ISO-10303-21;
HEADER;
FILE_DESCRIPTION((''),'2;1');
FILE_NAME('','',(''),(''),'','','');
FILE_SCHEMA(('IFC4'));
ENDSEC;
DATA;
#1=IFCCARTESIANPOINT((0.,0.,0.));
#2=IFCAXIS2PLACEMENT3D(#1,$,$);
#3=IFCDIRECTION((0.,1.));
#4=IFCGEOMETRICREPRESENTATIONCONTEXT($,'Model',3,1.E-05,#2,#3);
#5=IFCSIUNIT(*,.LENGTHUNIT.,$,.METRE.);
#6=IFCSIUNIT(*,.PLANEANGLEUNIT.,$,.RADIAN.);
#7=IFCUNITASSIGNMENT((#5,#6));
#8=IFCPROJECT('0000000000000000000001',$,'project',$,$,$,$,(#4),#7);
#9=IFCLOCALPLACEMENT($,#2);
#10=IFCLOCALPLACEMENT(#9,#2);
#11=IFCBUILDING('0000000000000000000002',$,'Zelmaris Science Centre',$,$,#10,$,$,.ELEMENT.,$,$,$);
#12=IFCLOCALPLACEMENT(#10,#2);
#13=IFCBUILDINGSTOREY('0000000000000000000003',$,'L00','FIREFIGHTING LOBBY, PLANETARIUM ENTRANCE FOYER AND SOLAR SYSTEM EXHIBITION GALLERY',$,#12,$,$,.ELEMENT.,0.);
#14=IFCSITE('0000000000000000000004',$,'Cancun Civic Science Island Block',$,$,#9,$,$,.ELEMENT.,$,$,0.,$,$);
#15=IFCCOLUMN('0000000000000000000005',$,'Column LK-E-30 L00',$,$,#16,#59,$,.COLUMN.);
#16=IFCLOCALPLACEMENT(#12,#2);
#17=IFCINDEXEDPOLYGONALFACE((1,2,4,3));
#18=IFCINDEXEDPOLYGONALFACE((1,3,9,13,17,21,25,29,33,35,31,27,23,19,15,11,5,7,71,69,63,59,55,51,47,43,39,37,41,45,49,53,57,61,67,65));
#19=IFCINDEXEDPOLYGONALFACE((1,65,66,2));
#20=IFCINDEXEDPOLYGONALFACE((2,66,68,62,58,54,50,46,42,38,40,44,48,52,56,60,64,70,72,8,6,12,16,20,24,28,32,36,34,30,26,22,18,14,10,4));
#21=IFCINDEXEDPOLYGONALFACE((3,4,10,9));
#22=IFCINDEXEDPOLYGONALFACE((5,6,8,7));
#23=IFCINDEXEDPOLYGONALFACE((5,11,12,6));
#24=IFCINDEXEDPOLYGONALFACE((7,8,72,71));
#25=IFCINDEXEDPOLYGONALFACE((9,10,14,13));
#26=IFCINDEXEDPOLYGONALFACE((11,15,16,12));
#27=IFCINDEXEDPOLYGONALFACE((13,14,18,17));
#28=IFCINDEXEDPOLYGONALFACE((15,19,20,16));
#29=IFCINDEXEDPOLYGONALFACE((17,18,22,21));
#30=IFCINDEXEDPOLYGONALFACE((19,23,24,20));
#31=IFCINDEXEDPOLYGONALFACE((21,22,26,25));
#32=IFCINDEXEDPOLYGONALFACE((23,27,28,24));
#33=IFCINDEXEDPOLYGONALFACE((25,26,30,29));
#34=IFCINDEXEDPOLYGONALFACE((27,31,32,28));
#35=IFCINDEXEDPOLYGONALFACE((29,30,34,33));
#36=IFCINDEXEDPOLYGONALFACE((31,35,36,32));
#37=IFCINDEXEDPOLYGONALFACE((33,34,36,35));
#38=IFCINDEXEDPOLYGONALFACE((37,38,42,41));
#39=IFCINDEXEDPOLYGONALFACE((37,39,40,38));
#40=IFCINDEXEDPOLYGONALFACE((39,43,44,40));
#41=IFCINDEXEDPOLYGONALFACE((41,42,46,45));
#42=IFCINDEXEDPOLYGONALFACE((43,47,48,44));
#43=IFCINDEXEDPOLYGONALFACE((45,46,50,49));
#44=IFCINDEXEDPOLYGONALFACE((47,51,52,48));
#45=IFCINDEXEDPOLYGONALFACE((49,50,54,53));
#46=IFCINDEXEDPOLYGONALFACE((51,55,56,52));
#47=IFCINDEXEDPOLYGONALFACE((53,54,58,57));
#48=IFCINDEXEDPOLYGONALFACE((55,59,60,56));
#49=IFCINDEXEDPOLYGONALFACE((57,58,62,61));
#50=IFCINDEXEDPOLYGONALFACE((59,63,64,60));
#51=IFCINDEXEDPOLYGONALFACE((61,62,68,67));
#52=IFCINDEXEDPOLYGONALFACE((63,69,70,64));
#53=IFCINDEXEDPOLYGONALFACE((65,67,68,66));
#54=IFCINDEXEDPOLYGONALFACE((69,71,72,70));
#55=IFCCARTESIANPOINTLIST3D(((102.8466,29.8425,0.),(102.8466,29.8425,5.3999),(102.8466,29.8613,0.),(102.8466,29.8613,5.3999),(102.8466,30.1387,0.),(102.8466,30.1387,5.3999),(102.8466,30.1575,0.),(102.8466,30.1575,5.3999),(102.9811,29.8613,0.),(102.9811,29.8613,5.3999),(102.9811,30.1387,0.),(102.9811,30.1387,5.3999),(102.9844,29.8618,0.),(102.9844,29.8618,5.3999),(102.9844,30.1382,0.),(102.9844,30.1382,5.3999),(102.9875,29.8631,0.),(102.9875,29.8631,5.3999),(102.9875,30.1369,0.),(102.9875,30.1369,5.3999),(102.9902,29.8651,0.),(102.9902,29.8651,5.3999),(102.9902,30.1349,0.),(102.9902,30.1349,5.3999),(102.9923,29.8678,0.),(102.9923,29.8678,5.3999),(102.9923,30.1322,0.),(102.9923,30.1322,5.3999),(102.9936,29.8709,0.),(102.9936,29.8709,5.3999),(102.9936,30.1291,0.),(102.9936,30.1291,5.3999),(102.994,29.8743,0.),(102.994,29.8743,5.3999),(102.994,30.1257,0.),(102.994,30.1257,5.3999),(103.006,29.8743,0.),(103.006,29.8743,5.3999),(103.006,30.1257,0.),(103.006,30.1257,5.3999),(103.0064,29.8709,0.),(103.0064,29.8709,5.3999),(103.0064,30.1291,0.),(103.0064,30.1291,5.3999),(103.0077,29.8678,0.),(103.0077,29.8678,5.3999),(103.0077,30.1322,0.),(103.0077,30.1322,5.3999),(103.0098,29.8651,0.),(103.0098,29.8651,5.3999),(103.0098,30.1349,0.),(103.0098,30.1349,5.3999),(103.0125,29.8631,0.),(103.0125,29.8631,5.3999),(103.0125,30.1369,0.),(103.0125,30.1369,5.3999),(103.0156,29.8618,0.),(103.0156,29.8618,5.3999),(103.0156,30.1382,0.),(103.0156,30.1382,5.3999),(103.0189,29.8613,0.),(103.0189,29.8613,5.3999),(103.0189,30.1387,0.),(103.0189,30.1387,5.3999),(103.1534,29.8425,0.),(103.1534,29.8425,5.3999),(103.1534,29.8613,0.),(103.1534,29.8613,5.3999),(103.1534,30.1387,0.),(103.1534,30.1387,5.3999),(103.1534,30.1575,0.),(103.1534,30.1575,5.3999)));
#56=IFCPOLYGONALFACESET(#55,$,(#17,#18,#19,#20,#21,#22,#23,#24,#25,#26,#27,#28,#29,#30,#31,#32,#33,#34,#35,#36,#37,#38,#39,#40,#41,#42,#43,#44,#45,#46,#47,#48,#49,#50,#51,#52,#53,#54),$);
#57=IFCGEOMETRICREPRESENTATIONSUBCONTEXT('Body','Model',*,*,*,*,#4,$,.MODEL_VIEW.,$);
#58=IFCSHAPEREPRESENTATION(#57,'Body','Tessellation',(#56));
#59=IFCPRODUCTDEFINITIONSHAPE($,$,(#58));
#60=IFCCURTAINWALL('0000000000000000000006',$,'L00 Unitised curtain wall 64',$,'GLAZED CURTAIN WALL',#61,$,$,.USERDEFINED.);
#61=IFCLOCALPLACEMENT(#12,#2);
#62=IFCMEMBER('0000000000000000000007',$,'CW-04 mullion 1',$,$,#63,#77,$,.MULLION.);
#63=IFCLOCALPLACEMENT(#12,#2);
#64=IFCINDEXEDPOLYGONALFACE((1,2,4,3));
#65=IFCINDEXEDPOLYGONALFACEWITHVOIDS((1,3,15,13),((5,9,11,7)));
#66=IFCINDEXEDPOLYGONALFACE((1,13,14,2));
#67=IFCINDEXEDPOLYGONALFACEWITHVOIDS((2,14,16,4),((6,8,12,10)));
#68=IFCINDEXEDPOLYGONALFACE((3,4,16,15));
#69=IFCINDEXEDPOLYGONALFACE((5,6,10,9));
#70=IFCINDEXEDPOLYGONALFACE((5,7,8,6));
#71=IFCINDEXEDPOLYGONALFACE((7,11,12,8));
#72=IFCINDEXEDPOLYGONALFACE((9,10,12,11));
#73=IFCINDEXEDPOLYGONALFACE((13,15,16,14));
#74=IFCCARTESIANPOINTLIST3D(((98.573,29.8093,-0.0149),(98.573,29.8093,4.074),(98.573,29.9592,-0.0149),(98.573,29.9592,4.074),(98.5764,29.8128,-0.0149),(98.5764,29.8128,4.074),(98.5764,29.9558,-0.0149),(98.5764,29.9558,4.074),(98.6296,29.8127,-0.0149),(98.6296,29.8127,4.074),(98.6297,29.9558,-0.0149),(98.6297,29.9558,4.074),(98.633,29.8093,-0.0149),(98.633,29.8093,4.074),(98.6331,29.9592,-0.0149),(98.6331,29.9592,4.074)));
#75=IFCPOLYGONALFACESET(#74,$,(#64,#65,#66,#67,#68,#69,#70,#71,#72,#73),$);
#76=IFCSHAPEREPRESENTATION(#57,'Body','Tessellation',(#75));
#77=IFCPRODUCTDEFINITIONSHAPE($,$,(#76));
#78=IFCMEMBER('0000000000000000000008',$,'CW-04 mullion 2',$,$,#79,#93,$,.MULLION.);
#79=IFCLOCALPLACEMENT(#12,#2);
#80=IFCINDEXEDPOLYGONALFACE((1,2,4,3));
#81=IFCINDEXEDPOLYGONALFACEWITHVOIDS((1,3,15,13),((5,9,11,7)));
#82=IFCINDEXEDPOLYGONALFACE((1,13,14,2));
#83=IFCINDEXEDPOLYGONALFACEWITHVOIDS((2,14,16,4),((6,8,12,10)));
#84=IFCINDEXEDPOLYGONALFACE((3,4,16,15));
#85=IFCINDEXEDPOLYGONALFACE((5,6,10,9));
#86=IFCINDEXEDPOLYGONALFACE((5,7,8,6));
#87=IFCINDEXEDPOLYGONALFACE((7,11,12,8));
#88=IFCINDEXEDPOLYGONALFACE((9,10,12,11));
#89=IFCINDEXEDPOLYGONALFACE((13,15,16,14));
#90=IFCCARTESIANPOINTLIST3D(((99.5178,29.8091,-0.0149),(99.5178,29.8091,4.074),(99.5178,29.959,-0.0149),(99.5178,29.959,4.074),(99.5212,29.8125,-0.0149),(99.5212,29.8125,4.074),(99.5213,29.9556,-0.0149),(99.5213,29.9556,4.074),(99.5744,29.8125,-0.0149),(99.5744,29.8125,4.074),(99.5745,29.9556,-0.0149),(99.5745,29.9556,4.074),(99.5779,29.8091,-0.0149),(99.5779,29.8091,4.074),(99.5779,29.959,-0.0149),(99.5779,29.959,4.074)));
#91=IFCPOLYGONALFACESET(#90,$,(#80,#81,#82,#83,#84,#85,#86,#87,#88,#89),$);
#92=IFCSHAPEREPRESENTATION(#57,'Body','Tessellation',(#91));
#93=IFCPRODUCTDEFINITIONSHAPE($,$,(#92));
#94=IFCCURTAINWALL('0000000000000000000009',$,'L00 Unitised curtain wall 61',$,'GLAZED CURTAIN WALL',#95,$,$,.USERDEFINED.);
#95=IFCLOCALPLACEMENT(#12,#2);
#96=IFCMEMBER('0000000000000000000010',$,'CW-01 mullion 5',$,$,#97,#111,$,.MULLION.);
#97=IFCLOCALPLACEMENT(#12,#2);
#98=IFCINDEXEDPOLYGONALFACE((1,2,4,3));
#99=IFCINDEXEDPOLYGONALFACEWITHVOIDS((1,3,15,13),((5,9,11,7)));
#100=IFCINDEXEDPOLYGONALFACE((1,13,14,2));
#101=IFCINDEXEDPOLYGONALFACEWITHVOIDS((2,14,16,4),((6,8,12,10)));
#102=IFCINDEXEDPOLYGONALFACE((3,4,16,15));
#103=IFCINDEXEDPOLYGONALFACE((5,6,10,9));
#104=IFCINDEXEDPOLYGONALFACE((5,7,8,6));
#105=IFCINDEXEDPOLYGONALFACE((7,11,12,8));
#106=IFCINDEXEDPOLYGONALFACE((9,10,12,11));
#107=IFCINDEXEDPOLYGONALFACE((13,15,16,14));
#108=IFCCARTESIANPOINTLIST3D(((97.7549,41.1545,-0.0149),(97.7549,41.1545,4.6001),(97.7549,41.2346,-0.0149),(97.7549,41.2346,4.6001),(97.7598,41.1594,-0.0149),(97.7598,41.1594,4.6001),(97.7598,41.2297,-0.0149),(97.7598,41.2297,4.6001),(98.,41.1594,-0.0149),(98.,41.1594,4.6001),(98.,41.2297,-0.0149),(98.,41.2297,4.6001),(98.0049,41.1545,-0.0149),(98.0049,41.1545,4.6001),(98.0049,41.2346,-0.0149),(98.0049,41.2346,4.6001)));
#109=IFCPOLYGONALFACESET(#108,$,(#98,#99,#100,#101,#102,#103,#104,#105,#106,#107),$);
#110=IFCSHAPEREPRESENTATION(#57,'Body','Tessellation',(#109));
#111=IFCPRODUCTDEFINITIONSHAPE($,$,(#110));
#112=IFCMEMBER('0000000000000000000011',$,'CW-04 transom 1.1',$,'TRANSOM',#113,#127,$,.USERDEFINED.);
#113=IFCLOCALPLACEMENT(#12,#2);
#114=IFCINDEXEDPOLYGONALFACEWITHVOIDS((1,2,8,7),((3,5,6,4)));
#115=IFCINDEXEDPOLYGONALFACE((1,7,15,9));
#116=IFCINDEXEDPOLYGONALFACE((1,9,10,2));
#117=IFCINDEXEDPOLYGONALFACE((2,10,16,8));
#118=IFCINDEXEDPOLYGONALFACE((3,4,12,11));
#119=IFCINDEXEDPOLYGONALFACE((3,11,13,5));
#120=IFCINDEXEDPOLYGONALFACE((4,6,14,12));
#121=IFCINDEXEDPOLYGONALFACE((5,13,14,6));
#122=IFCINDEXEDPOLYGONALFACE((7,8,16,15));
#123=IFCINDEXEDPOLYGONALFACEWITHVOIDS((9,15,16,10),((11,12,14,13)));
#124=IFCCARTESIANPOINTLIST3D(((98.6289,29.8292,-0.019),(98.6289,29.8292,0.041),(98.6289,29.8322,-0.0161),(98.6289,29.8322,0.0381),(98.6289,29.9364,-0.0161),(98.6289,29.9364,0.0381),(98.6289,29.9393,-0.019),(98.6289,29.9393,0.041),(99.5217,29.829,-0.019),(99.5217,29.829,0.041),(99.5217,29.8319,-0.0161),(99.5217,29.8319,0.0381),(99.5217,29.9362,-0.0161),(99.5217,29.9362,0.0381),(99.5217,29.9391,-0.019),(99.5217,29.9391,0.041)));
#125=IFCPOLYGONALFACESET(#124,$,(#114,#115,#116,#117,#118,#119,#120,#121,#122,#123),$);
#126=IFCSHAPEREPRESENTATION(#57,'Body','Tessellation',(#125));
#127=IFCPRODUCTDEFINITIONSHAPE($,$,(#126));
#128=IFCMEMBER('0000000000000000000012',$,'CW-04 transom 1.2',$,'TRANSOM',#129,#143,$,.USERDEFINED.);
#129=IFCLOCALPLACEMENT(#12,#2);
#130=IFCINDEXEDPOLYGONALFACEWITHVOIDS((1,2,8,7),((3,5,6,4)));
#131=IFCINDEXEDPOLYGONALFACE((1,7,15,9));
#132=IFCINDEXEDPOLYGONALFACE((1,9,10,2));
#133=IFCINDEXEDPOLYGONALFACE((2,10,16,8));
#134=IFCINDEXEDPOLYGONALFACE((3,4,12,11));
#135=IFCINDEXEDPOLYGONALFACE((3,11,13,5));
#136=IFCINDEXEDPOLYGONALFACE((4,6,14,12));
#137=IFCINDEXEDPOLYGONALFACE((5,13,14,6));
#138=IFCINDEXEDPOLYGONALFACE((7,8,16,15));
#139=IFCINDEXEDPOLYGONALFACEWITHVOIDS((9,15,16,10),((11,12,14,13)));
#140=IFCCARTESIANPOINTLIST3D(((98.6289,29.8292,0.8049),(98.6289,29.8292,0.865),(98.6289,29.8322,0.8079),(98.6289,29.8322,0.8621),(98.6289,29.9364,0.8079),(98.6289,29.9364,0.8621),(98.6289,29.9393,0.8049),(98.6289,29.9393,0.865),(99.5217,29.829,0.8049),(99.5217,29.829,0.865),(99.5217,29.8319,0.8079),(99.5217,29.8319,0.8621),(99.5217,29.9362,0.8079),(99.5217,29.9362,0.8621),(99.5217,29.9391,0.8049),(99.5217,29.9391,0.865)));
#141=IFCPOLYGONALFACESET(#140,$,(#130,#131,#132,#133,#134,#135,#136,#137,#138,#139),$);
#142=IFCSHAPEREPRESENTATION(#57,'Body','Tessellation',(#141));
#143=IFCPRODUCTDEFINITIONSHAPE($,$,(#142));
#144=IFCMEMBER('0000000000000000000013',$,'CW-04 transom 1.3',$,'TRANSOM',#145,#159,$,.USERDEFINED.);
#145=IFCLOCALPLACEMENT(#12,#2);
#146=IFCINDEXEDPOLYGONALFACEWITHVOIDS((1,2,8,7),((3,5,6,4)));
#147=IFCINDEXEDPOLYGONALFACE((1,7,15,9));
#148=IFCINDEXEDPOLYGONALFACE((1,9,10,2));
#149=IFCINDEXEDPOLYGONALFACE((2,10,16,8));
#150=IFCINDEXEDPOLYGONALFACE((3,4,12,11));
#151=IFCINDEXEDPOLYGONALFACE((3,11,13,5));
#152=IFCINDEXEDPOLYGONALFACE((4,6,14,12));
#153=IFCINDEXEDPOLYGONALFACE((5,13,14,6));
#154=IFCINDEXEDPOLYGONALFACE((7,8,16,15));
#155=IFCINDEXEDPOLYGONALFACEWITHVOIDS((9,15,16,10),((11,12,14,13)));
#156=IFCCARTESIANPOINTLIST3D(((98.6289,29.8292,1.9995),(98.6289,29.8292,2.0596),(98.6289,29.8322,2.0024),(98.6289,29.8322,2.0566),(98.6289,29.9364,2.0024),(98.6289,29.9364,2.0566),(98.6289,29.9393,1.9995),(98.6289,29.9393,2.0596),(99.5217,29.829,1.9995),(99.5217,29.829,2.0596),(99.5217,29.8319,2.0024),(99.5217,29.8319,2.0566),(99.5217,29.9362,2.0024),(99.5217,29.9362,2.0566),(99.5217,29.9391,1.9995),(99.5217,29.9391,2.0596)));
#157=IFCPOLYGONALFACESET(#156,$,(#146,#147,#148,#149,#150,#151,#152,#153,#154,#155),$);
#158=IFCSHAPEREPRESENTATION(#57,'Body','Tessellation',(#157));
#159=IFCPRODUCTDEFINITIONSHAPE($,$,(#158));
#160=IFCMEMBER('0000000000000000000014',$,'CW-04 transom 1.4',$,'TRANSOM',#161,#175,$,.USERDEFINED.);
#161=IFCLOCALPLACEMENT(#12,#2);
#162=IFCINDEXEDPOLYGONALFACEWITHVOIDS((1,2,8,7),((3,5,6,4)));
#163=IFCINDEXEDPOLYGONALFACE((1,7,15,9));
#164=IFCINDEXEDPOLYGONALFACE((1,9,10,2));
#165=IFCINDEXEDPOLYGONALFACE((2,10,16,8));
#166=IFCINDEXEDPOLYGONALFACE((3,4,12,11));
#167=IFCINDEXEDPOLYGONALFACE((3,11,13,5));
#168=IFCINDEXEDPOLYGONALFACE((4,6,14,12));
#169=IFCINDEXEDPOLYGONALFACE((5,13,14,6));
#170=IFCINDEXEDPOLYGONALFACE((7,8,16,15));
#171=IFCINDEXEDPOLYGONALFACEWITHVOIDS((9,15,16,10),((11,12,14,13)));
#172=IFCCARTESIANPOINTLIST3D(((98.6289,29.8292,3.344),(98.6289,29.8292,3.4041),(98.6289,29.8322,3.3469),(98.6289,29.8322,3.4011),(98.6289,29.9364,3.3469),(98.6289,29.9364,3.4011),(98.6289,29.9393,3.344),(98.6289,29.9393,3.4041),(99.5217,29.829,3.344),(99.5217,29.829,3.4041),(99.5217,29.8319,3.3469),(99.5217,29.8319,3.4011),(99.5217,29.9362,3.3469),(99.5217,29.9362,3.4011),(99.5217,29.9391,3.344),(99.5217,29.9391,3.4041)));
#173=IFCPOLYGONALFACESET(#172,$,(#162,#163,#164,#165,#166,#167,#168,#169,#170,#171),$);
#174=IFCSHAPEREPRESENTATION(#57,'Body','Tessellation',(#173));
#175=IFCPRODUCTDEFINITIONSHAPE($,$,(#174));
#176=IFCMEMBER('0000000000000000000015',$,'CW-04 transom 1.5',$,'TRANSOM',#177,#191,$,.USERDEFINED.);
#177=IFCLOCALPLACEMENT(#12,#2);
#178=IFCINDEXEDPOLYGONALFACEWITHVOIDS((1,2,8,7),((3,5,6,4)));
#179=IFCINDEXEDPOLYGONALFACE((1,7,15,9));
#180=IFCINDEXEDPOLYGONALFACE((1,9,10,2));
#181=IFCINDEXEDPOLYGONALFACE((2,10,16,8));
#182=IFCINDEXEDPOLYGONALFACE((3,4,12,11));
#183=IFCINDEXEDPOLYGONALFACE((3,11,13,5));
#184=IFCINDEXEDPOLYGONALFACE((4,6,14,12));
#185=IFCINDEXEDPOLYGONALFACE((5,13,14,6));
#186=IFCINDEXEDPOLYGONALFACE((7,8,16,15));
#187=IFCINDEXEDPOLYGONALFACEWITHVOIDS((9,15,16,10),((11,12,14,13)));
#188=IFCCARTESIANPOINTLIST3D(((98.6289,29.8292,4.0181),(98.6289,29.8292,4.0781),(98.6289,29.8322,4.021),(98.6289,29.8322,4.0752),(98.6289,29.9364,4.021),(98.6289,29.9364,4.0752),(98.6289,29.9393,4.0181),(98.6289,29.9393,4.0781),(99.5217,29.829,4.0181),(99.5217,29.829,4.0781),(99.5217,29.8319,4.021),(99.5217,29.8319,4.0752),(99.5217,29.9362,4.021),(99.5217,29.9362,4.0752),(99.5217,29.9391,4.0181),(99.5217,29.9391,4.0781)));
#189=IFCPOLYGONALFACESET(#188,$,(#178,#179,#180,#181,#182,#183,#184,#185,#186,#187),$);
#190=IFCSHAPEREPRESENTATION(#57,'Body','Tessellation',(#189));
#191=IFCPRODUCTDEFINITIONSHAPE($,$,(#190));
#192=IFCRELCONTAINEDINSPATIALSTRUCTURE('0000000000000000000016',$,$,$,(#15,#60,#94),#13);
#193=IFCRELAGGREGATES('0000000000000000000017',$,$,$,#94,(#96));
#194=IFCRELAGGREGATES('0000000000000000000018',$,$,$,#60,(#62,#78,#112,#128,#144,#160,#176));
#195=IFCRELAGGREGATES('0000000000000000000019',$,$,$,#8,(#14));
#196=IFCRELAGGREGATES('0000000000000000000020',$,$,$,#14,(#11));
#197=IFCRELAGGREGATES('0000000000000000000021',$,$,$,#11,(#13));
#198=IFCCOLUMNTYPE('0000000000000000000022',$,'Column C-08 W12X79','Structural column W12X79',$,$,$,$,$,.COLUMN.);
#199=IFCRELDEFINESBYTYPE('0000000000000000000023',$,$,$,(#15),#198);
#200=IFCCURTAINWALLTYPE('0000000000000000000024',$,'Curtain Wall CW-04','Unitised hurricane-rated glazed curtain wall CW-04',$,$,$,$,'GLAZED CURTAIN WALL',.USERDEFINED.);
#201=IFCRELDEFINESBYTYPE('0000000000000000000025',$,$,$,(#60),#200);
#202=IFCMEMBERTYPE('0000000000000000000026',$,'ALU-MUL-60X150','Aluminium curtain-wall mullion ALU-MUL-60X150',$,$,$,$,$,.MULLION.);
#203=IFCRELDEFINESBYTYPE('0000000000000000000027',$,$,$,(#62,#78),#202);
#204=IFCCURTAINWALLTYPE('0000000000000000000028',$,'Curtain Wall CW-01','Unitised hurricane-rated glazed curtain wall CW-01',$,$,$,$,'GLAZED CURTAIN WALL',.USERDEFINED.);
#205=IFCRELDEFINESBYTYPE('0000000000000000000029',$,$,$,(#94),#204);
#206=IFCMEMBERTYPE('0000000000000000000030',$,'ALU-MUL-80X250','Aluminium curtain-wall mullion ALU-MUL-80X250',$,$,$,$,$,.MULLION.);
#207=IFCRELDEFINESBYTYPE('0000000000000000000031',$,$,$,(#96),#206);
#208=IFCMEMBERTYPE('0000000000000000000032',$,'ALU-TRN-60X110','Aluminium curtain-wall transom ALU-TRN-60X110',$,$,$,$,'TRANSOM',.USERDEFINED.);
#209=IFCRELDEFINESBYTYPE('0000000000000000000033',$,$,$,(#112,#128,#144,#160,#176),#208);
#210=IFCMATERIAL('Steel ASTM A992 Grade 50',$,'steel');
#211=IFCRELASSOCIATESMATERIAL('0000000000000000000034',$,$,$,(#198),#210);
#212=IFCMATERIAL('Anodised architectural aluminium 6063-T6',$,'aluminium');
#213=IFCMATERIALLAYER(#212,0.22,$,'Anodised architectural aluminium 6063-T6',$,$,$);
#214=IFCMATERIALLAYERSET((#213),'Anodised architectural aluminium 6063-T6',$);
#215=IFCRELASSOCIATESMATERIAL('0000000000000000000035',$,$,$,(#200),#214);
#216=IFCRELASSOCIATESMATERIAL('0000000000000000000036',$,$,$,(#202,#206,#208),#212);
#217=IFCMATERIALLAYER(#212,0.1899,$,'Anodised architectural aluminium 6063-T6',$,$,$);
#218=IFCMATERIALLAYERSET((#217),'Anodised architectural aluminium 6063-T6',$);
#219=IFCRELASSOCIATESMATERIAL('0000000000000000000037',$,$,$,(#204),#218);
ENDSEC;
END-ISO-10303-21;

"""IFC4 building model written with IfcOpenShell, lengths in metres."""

from ifc_helpers import new_model, si_unit, direction, frame, origin, origin_2d, place, context, subcontext, project, spatial, hollow_rectangle, i_section, extrude, material, layer, layer_set, material_profile, profile_set, type_object, element, aggregate, save


model = new_model("IFC4")

# Units and contexts
model_context = context("Model", 3, precision=1e-05, world=origin(), true_north=direction((0.0, 1.0)))
body_context = subcontext(model_context, "Body", "Model", "MODEL_VIEW")
ifc_project = project(units=[si_unit("LENGTHUNIT", "METRE"), si_unit("PLANEANGLEUNIT", "RADIAN")], contexts=[model_context])

# Site, building, storey
site_placement = place(None, origin())
site = spatial("IfcSite", under=ifc_project, at=site_placement, Name="Cancun Civic Science Island Block", CompositionType="ELEMENT", RefElevation=0.0)
building_placement = place(site_placement, origin())
building = spatial("IfcBuilding", under=site, at=building_placement, Name="Zelmaris Science Centre", CompositionType="ELEMENT")
storey_placement = place(building_placement, origin())
storey = spatial("IfcBuildingStorey", under=building, at=storey_placement, Name="L00", Description="FIREFIGHTING LOBBY, PLANETARIUM ENTRANCE FOYER AND SOLAR SYSTEM EXHIBITION GALLERY", CompositionType="ELEMENT", Elevation=0.0)

# Column
ifc_material_1 = material(Name="Steel ASTM A992 Grade 50", Category="steel")
ifc_material_profile_1 = material_profile(ifc_material_1, i_section(OverallWidth=0.3069, OverallDepth=0.3149, WebThickness=0.012, FlangeThickness=0.0188, FilletRadius=0.0129, at=origin_2d()), Name="W12X79")
ifc_profile_set_1 = profile_set([ifc_material_profile_1], Name="Steel ASTM A992 Grade 50")
column_type = type_object("IfcColumnType", Name="Column C-08 W12X79", Description="Structural column W12X79", PredefinedType="COLUMN", material=ifc_profile_set_1)
column_placement = place(storey_placement, frame((103.0, 30.0, 0.0), z_axis=(0.0, 0.0, 1.0), x_axis=(1.0, 0.0, 0.0)))
element("IfcColumn", 1, at=column_placement, inside=storey, type_object=column_type, Name="Column LK-E-30 L00", PredefinedType="COLUMN", context=body_context, shape_type="SweptSolid", body=[
    extrude(i_section(OverallWidth=0.3069, OverallDepth=0.3149, WebThickness=0.012, FlangeThickness=0.0188, FilletRadius=0.0129, at=origin_2d()), origin(), (0.0, 0.0, 1.0), 5.3999),
])

# Curtain wall, members
ifc_material_2 = material(Name="Anodised architectural aluminium 6063-T6", Category="aluminium")
ifc_layer_1 = layer(ifc_material_2, 0.22, Name="Anodised architectural aluminium 6063-T6")
ifc_layer_set_1 = layer_set([ifc_layer_1], Name="Anodised architectural aluminium 6063-T6")
curtain_wall_type_1 = type_object("IfcCurtainWallType", Name="Curtain Wall CW-04", Description="Unitised hurricane-rated glazed curtain wall CW-04", ElementType="GLAZED CURTAIN WALL", PredefinedType="USERDEFINED", material=ifc_layer_set_1)
curtain_wall_1_placement = place(storey_placement, origin())
curtain_wall_1 = element("IfcCurtainWall", 2, at=curtain_wall_1_placement, inside=storey, type_object=curtain_wall_type_1, Name="L00 Unitised curtain wall 64", ObjectType="GLAZED CURTAIN WALL", PredefinedType="USERDEFINED")
ifc_material_profile_2 = material_profile(ifc_material_2, hollow_rectangle(XDim=0.0601, YDim=0.1499, WallThickness=0.0034, at=origin_2d()), Name="ALU-MUL-60X150")
ifc_profile_set_2 = profile_set([ifc_material_profile_2], Name="Anodised architectural aluminium 6063-T6")
member_type_1 = type_object("IfcMemberType", Name="ALU-MUL-60X150", Description="Aluminium curtain-wall mullion ALU-MUL-60X150", PredefinedType="MULLION", material=ifc_profile_set_2)
member_1_placement = place(storey_placement, frame((98.603, 29.8843, -0.0149), z_axis=(0.0, 0.0, 1.0), x_axis=(1.0, -0.000344, 0.0)))
member_1 = element("IfcMember", 3, at=member_1_placement, type_object=member_type_1, Name="CW-04 mullion 1", PredefinedType="MULLION", context=body_context, shape_type="SweptSolid", body=[
    extrude(hollow_rectangle(XDim=0.0601, YDim=0.1499, WallThickness=0.0034, at=origin_2d()), origin(), (0.0, 0.0, 1.0), 4.0889),
])
member_2_placement = place(storey_placement, frame((99.5479, 29.884, -0.0149), z_axis=(0.0, 0.0, 1.0), x_axis=(1.0, -0.000344, 0.0)))
member_2 = element("IfcMember", 4, at=member_2_placement, type_object=member_type_1, Name="CW-04 mullion 2", PredefinedType="MULLION", context=body_context, shape_type="SweptSolid", body=[
    extrude(hollow_rectangle(XDim=0.0601, YDim=0.1499, WallThickness=0.0034, at=origin_2d()), origin(), (0.0, 0.0, 1.0), 4.0889),
])

# Curtain wall, member
ifc_layer_2 = layer(ifc_material_2, 0.1899, Name="Anodised architectural aluminium 6063-T6")
ifc_layer_set_2 = layer_set([ifc_layer_2], Name="Anodised architectural aluminium 6063-T6")
curtain_wall_type_2 = type_object("IfcCurtainWallType", Name="Curtain Wall CW-01", Description="Unitised hurricane-rated glazed curtain wall CW-01", ElementType="GLAZED CURTAIN WALL", PredefinedType="USERDEFINED", material=ifc_layer_set_2)
curtain_wall_2_placement = place(storey_placement, origin())
curtain_wall_2 = element("IfcCurtainWall", 5, at=curtain_wall_2_placement, inside=storey, type_object=curtain_wall_type_2, Name="L00 Unitised curtain wall 61", ObjectType="GLAZED CURTAIN WALL", PredefinedType="USERDEFINED")
ifc_material_profile_3 = material_profile(ifc_material_2, hollow_rectangle(XDim=0.0801, YDim=0.25, WallThickness=0.0049, at=origin_2d()), Name="ALU-MUL-80X250")
ifc_profile_set_3 = profile_set([ifc_material_profile_3], Name="Anodised architectural aluminium 6063-T6")
member_type_2 = type_object("IfcMemberType", Name="ALU-MUL-80X250", Description="Aluminium curtain-wall mullion ALU-MUL-80X250", PredefinedType="MULLION", material=ifc_profile_set_3)
member_3_placement = place(storey_placement, frame((97.8799, 41.1946, -0.0149), z_axis=(0.0, 0.0, 1.0), x_axis=(0.000005, -1.0, 0.0)))
member_3 = element("IfcMember", 6, at=member_3_placement, type_object=member_type_2, Name="CW-01 mullion 5", PredefinedType="MULLION", context=body_context, shape_type="SweptSolid", body=[
    extrude(hollow_rectangle(XDim=0.0801, YDim=0.25, WallThickness=0.0049, at=origin_2d()), origin(), (0.0, 0.0, 1.0), 4.615),
])

# Members
ifc_material_profile_4 = material_profile(ifc_material_2, hollow_rectangle(XDim=0.0601, YDim=0.1101, WallThickness=0.0029, at=origin_2d()), Name="ALU-TRN-60X110")
ifc_profile_set_4 = profile_set([ifc_material_profile_4], Name="Anodised architectural aluminium 6063-T6")
member_type_3 = type_object("IfcMemberType", Name="ALU-TRN-60X110", Description="Aluminium curtain-wall transom ALU-TRN-60X110", ElementType="TRANSOM", PredefinedType="USERDEFINED", material=ifc_profile_set_4)
member_4_placement = place(storey_placement, frame((98.6289, 29.8843, 0.011), z_axis=(1.0, -0.000273, 0.0), x_axis=(0.0, 0.0, 1.0)))
member_4 = element("IfcMember", 7, at=member_4_placement, type_object=member_type_3, Name="CW-04 transom 1.1", ObjectType="TRANSOM", PredefinedType="USERDEFINED", context=body_context, shape_type="SweptSolid", body=[
    extrude(hollow_rectangle(XDim=0.0601, YDim=0.1101, WallThickness=0.0029, at=origin_2d()), origin(), (0.0, 0.0, 1.0), 0.8928),
])
member_5_placement = place(storey_placement, frame((98.6289, 29.8843, 0.835), z_axis=(1.0, -0.000273, 0.0), x_axis=(0.0, 0.0, 1.0)))
member_5 = element("IfcMember", 8, at=member_5_placement, type_object=member_type_3, Name="CW-04 transom 1.2", ObjectType="TRANSOM", PredefinedType="USERDEFINED", context=body_context, shape_type="SweptSolid", body=[
    extrude(hollow_rectangle(XDim=0.0601, YDim=0.1101, WallThickness=0.0029, at=origin_2d()), origin(), (0.0, 0.0, 1.0), 0.8928),
])
member_6_placement = place(storey_placement, frame((98.6289, 29.8843, 2.0295), z_axis=(1.0, -0.000273, 0.0), x_axis=(0.0, 0.0, 1.0)))
member_6 = element("IfcMember", 9, at=member_6_placement, type_object=member_type_3, Name="CW-04 transom 1.3", ObjectType="TRANSOM", PredefinedType="USERDEFINED", context=body_context, shape_type="SweptSolid", body=[
    extrude(hollow_rectangle(XDim=0.0601, YDim=0.1101, WallThickness=0.0029, at=origin_2d()), origin(), (0.0, 0.0, 1.0), 0.8928),
])
member_7_placement = place(storey_placement, frame((98.6289, 29.8843, 3.374), z_axis=(1.0, -0.000273, 0.0), x_axis=(0.0, 0.0, 1.0)))
member_7 = element("IfcMember", 10, at=member_7_placement, type_object=member_type_3, Name="CW-04 transom 1.4", ObjectType="TRANSOM", PredefinedType="USERDEFINED", context=body_context, shape_type="SweptSolid", body=[
    extrude(hollow_rectangle(XDim=0.0601, YDim=0.1101, WallThickness=0.0029, at=origin_2d()), origin(), (0.0, 0.0, 1.0), 0.8928),
])
member_8_placement = place(storey_placement, frame((98.6289, 29.8843, 4.0481), z_axis=(1.0, -0.000273, 0.0), x_axis=(0.0, 0.0, 1.0)))
member_8 = element("IfcMember", 11, at=member_8_placement, type_object=member_type_3, Name="CW-04 transom 1.5", ObjectType="TRANSOM", PredefinedType="USERDEFINED", context=body_context, shape_type="SweptSolid", body=[
    extrude(hollow_rectangle(XDim=0.0601, YDim=0.1101, WallThickness=0.0029, at=origin_2d()), origin(), (0.0, 0.0, 1.0), 0.8928),
])

aggregate(curtain_wall_2, [member_3])
aggregate(curtain_wall_1, [member_1, member_2, member_4, member_5, member_6, member_7, member_8])

save(model, "model.ifc")
